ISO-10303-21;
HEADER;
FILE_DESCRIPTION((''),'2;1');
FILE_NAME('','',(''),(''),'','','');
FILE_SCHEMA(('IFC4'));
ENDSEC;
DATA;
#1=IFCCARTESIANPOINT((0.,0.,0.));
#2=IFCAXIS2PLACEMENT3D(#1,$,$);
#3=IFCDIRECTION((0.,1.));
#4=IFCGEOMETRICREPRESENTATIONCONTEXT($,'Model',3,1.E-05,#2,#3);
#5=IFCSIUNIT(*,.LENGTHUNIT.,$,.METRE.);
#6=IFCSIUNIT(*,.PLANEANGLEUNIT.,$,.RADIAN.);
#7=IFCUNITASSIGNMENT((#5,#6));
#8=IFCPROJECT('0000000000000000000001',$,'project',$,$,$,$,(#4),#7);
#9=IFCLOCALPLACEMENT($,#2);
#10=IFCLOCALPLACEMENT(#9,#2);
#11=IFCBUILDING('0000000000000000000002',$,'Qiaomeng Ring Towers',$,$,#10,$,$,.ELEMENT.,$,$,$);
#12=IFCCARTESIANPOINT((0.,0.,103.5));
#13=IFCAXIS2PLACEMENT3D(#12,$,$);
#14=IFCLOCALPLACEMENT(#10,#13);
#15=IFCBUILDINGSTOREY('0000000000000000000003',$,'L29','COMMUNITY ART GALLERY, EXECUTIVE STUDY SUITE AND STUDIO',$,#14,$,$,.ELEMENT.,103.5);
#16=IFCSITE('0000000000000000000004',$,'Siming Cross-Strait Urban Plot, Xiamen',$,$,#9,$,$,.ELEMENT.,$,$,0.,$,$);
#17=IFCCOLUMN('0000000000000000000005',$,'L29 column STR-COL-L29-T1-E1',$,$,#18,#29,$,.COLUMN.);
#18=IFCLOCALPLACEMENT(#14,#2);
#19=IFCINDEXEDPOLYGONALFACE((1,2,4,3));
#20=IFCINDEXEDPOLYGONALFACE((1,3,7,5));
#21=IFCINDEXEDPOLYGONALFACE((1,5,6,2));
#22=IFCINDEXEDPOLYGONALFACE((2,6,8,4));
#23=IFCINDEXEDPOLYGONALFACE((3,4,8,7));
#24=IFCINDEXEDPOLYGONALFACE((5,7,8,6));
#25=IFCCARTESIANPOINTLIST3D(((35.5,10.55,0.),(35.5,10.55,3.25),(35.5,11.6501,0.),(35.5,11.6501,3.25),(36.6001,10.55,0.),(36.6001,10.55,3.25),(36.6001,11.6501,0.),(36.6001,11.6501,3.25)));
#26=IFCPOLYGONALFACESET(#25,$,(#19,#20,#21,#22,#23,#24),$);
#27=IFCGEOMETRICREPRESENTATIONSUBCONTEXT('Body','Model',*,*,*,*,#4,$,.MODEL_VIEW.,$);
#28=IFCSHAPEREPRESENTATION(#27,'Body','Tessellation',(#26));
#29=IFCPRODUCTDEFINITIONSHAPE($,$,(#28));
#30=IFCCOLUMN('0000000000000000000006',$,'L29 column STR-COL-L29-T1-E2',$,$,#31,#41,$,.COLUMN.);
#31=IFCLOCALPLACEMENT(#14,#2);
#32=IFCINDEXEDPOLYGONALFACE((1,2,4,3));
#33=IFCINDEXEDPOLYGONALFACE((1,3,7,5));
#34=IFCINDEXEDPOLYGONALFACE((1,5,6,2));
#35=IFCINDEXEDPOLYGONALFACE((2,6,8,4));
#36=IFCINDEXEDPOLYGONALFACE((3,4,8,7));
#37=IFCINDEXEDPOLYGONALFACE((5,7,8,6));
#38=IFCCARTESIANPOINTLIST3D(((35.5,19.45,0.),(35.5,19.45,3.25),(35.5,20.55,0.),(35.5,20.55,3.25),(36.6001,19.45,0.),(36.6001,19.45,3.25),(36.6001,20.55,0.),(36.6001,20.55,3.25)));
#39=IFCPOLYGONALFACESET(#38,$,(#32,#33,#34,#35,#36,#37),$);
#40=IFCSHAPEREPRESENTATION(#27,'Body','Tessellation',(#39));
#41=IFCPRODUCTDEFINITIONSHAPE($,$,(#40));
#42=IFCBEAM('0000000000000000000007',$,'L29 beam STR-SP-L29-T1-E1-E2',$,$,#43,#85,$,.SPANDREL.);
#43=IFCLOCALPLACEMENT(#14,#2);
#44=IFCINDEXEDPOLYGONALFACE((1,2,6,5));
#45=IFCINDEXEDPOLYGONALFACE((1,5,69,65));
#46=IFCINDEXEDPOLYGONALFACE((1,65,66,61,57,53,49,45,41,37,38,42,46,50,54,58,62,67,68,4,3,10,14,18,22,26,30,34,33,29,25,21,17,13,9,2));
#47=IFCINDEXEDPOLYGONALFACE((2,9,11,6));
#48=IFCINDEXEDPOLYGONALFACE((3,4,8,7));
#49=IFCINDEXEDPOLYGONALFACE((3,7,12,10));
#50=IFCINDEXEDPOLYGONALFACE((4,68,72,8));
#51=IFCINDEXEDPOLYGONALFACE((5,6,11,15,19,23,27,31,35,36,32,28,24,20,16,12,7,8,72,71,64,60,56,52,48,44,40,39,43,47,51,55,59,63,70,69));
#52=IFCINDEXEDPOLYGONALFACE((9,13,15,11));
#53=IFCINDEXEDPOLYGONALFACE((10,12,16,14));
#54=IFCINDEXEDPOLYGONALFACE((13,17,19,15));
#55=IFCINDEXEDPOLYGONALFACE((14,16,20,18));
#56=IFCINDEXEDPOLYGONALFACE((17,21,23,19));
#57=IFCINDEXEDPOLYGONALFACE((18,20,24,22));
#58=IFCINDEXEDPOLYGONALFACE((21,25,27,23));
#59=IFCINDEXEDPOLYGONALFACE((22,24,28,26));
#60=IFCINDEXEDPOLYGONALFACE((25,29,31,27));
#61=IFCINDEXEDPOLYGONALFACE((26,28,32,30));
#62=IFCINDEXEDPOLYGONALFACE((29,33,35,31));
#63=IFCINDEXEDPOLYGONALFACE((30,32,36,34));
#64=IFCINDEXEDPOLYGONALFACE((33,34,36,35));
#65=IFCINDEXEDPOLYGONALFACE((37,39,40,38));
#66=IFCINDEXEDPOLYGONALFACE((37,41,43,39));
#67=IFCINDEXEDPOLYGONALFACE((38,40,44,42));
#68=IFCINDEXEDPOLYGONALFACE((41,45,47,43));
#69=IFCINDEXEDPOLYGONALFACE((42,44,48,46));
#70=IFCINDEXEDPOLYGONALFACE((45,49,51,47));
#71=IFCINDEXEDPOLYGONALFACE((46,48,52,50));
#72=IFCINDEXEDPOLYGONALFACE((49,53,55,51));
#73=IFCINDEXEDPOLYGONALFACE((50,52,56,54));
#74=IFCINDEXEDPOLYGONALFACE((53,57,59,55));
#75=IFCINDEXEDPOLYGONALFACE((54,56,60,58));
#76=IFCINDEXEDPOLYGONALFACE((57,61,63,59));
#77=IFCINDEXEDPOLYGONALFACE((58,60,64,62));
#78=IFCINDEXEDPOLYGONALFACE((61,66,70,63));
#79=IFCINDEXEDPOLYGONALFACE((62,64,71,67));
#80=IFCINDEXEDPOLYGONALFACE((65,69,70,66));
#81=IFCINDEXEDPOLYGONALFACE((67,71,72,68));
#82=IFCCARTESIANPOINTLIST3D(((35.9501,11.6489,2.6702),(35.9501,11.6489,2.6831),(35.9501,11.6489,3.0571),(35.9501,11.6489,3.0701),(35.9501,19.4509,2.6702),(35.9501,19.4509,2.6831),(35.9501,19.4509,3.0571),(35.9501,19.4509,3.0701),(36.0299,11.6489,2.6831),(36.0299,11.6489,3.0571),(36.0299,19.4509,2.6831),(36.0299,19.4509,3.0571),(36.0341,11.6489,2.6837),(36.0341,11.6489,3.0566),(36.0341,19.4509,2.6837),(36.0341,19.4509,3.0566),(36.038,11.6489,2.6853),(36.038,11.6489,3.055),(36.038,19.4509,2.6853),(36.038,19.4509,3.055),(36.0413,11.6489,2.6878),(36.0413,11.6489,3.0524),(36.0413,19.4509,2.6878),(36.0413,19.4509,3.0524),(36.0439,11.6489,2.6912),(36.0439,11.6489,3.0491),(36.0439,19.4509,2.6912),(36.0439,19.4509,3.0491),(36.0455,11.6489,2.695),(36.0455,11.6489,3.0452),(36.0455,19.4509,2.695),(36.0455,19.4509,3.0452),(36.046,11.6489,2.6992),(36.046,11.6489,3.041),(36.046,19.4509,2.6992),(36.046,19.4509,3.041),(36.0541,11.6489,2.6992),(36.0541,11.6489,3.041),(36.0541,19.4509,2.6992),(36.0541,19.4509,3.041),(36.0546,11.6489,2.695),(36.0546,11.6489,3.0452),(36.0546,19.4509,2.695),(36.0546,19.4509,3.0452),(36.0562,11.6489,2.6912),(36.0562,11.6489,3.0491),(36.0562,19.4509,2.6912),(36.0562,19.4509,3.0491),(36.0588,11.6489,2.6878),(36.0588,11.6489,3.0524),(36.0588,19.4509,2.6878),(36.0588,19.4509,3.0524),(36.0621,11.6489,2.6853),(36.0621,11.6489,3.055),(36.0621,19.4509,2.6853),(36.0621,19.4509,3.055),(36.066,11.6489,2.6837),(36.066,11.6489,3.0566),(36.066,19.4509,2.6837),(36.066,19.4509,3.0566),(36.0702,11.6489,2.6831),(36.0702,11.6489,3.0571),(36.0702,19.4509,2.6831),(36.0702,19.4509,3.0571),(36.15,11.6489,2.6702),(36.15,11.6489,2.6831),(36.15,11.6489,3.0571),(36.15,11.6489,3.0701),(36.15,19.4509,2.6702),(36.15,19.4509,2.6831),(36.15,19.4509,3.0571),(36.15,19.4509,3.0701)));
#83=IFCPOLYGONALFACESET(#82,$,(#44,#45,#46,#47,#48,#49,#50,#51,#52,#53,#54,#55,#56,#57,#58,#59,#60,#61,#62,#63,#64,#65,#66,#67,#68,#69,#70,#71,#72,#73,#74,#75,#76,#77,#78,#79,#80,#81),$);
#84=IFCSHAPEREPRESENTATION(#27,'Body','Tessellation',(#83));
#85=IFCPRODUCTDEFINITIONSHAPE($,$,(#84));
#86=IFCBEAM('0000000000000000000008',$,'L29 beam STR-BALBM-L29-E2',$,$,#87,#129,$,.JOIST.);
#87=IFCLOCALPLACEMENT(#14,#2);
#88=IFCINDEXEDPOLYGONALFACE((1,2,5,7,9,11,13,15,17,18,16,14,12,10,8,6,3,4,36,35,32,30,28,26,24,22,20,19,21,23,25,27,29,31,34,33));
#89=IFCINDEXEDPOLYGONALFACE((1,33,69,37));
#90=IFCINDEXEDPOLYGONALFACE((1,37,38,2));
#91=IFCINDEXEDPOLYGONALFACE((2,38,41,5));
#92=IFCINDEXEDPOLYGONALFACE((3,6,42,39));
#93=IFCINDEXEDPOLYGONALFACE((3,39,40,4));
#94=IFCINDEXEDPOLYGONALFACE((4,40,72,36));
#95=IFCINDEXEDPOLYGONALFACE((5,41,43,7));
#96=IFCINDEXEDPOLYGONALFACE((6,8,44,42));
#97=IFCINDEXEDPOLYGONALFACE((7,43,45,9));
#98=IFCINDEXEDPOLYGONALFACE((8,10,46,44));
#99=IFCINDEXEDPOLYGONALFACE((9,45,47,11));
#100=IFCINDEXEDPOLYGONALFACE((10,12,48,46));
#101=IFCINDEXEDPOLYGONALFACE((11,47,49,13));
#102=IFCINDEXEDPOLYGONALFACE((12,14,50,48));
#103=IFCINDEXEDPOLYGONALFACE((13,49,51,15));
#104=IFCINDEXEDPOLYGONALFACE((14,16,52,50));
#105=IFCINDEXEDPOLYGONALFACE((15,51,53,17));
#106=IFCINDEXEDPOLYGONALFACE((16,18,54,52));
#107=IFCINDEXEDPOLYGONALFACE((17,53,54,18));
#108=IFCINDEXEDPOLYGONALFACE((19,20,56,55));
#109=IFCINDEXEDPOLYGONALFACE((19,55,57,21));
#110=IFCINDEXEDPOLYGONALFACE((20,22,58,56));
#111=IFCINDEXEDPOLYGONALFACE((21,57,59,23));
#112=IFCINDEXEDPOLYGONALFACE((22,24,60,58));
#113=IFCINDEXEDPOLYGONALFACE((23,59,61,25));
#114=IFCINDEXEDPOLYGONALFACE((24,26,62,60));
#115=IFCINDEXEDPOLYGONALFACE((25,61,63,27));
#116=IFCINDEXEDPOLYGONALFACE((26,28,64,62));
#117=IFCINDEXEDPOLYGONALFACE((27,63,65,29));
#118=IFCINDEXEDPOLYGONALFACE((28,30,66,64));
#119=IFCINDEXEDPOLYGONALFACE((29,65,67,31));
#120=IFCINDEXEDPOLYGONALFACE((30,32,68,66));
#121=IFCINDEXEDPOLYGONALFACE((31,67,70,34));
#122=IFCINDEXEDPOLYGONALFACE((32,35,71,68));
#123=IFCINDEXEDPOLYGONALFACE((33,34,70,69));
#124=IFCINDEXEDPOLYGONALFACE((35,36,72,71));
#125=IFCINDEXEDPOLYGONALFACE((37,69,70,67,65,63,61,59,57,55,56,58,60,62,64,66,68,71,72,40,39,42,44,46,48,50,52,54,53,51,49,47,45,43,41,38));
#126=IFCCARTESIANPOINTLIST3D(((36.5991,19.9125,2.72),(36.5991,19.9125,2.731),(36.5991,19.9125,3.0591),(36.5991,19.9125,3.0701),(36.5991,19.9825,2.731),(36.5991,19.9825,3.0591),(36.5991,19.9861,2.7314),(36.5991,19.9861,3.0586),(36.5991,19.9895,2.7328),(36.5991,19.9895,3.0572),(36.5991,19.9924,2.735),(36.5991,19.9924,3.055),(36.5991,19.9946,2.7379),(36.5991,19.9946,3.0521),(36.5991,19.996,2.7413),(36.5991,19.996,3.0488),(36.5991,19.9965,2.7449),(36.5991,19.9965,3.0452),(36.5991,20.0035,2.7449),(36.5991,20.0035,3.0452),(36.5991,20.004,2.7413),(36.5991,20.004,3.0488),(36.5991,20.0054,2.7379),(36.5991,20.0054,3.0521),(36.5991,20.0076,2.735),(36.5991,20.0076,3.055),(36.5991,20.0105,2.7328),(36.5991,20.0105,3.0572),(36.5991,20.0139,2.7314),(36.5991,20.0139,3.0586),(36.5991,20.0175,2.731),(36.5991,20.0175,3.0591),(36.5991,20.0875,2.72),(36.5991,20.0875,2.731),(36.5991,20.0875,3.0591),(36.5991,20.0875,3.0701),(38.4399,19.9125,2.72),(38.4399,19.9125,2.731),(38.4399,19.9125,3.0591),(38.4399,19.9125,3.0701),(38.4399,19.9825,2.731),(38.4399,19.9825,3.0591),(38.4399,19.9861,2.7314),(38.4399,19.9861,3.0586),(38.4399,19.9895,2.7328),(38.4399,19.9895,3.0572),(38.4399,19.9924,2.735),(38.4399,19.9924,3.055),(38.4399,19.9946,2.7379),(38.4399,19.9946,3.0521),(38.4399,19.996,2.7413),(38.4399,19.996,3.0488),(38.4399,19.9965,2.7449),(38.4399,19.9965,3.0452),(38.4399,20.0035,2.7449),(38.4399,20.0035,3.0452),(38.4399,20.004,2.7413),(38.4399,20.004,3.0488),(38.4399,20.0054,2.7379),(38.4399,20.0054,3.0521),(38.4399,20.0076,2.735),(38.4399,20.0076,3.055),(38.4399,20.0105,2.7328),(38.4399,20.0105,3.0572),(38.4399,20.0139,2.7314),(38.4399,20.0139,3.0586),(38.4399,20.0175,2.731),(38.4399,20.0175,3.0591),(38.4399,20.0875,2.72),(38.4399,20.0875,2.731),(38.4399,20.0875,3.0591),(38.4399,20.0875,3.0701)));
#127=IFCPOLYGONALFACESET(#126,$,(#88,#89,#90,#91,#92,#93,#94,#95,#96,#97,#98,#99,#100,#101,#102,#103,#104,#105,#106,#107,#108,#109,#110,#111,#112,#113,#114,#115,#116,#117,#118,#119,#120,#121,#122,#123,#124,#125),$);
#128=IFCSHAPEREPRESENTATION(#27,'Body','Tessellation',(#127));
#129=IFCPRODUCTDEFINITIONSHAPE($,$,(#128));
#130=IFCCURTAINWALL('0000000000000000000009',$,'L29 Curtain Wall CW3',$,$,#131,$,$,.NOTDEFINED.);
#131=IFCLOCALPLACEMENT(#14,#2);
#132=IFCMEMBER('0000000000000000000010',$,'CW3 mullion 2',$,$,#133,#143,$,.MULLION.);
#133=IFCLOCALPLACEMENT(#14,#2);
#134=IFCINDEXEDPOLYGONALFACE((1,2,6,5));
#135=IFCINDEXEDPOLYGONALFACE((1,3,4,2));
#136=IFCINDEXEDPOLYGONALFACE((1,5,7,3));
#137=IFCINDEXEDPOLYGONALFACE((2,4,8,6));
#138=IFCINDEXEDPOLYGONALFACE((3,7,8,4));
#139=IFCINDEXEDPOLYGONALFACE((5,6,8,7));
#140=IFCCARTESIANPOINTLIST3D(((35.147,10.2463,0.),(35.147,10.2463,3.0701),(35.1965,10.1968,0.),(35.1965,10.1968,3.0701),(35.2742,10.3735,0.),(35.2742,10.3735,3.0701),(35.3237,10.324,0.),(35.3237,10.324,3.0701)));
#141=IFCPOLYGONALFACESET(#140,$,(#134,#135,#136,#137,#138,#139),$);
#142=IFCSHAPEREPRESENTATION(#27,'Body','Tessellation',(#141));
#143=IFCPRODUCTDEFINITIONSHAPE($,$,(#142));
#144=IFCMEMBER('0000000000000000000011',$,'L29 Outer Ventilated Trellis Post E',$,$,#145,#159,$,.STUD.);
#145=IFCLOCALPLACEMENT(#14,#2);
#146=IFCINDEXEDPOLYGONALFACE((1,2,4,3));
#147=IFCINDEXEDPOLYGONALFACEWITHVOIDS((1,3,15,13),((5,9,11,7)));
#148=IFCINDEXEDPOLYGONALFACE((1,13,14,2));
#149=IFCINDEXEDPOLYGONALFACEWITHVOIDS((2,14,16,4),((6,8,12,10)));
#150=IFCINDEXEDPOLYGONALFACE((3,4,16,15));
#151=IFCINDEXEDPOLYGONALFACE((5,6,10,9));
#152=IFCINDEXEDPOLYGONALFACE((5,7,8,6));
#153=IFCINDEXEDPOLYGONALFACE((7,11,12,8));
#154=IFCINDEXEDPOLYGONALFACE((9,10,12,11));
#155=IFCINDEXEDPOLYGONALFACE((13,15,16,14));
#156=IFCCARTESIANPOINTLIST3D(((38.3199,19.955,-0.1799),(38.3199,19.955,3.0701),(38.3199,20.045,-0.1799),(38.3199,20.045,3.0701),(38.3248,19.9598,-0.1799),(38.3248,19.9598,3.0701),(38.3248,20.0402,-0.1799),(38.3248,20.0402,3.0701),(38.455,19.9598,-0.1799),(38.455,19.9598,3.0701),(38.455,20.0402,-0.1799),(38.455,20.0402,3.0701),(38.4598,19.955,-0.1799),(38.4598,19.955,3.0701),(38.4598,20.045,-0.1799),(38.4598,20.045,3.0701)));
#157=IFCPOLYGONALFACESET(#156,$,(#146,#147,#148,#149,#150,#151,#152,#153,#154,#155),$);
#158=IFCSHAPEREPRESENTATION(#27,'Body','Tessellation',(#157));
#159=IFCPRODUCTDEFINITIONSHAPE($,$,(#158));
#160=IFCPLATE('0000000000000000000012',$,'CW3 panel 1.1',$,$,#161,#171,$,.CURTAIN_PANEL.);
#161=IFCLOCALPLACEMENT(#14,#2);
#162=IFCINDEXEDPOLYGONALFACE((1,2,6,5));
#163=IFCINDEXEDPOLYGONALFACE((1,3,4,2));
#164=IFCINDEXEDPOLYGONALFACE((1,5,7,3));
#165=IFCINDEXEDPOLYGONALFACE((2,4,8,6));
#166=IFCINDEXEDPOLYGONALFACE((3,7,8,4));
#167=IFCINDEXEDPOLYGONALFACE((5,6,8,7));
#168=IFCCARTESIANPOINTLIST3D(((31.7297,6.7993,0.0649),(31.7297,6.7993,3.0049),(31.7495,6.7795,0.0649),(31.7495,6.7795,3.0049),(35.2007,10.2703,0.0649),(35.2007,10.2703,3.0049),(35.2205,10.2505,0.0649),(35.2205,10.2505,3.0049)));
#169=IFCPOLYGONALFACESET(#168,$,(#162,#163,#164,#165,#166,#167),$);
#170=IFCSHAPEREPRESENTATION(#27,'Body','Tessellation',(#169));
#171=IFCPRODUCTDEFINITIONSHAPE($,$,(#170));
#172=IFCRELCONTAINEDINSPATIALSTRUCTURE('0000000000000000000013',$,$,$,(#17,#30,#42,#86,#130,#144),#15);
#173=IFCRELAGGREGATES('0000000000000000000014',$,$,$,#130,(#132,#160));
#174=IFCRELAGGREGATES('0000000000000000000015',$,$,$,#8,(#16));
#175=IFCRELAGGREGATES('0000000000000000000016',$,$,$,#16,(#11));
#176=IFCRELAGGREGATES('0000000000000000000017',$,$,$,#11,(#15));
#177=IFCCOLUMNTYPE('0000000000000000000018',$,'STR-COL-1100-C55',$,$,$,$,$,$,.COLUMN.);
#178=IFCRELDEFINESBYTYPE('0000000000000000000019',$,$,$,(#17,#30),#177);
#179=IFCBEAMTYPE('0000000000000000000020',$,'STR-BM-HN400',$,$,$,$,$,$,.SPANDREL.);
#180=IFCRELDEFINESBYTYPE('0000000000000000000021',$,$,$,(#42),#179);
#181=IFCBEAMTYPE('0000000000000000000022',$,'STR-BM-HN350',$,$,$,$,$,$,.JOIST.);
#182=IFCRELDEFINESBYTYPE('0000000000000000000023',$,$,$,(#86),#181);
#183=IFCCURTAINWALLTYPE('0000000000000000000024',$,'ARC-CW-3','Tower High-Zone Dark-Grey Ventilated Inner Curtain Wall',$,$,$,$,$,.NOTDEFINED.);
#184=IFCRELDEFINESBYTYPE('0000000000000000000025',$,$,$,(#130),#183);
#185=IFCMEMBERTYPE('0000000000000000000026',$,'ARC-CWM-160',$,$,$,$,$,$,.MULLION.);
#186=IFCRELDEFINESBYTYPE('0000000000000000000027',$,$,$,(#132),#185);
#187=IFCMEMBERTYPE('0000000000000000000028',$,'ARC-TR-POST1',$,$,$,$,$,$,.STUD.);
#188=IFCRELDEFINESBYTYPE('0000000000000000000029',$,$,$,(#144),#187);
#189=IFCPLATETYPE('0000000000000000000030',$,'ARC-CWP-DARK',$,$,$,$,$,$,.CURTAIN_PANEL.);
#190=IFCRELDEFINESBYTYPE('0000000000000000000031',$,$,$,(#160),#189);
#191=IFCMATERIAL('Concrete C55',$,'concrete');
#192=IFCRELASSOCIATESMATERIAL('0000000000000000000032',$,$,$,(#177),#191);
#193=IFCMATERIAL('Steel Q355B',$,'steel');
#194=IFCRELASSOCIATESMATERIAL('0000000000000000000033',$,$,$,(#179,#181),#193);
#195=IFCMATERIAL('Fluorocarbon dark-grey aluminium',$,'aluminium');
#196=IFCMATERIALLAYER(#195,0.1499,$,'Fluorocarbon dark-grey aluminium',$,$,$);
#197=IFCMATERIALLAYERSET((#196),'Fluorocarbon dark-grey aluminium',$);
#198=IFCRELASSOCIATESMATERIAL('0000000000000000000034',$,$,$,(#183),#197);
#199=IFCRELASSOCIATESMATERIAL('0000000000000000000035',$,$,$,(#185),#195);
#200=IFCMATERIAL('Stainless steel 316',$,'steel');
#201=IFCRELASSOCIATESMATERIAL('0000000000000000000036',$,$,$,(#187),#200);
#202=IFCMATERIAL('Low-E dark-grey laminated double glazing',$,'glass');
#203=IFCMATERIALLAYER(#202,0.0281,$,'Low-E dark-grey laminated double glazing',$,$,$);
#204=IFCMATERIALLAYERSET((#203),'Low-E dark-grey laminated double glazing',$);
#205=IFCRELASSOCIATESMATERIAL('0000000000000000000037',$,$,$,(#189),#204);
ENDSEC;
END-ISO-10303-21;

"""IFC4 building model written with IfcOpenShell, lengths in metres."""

from ifc_helpers import new_model, si_unit, direction, frame, origin, origin_2d, place, context, subcontext, project, spatial, rectangle, hollow_rectangle, i_section, extrude, source, transform, mapped, material, layer, layer_set, material_profile, profile_set, type_object, element, aggregate, save


model = new_model("IFC4")

# Units and contexts
model_context = context("Model", 3, precision=1e-05, world=origin(), true_north=direction((0.0, 1.0)))
body_context = subcontext(model_context, "Body", "Model", "MODEL_VIEW")
ifc_project = project(units=[si_unit("LENGTHUNIT", "METRE"), si_unit("PLANEANGLEUNIT", "RADIAN")], contexts=[model_context])

# Site, building, storey
site_placement = place(None, origin())
site = spatial("IfcSite", under=ifc_project, at=site_placement, Name="Siming Cross-Strait Urban Plot, Xiamen", CompositionType="ELEMENT", RefElevation=0.0)
building_placement = place(site_placement, origin())
building = spatial("IfcBuilding", under=site, at=building_placement, Name="Qiaomeng Ring Towers", CompositionType="ELEMENT")
storey_placement = place(building_placement, frame((0.0, 0.0, 103.5)))
storey = spatial("IfcBuildingStorey", under=building, at=storey_placement, Name="L29", Description="COMMUNITY ART GALLERY, EXECUTIVE STUDY SUITE AND STUDIO", CompositionType="ELEMENT", Elevation=103.5)

# Columns
ifc_material_1 = material(Name="Concrete C55", Category="concrete")
ifc_material_profile_1 = material_profile(ifc_material_1, rectangle(XDim=1.1001, YDim=1.1001, at=origin_2d()), Name="RC COL 1100x1100")
ifc_profile_set_1 = profile_set([ifc_material_profile_1], Name="Concrete C55")
column_type = type_object("IfcColumnType", Name="STR-COL-1100-C55", PredefinedType="COLUMN", material=ifc_profile_set_1)
shared_shape_1 = source(origin(), body_context, "Body", "SweptSolid", [
    extrude(rectangle(XDim=1.1001, YDim=1.1001, at=origin_2d()), origin(), (0.0, 0.0, 1.0), 3.25),
])
for number, where, z_axis, x_axis, name in (
    (1, (36.05, 11.1001, 0.0), (0.0, 0.0, 1.0), (1.0, 0.0, 0.0), "L29 column STR-COL-L29-T1-E1"),
    (2, (36.05, 20.0, 0.0), (0.0, 0.0, 1.0), (1.0, 0.0, 0.0), "L29 column STR-COL-L29-T1-E2"),
):
    element("IfcColumn", number, at=place(storey_placement, frame(where, z_axis=z_axis, x_axis=x_axis)), inside=storey, type_object=column_type, Name=name, PredefinedType="COLUMN", context=body_context, shape_type="MappedRepresentation", body=[
        mapped(shared_shape_1, transform((0.0, 0.0, 0.0), x_axis=(1.0, 0.0, 0.0), y_axis=(0.0, 1.0, 0.0), z_axis=(0.0, 0.0, 1.0), scale=1.0)),
    ])

# Beams
ifc_material_2 = material(Name="Steel Q355B", Category="steel")
ifc_material_profile_2 = material_profile(ifc_material_2, i_section(OverallWidth=0.2, OverallDepth=0.3999, WebThickness=0.0081, FlangeThickness=0.0129, FilletRadius=0.0161, at=origin_2d()), Name="HN 400x200x8x13")
ifc_profile_set_2 = profile_set([ifc_material_profile_2], Name="Steel Q355B")
beam_type_1 = type_object("IfcBeamType", Name="STR-BM-HN400", PredefinedType="SPANDREL", material=ifc_profile_set_2)
shared_shape_2 = source(origin(), body_context, "Body", "SweptSolid", [
    extrude(i_section(OverallWidth=0.2, OverallDepth=0.3999, WebThickness=0.0081, FlangeThickness=0.0129, FilletRadius=0.0161, at=origin_2d()), origin(), (0.0, 0.0, 1.0), 7.802),
])
beam_1_placement = place(storey_placement, frame((36.05, 11.6489, 2.8701), z_axis=(0.0, 1.0, 0.0), x_axis=(-1.0, 0.0, 0.0)))
element("IfcBeam", 3, at=beam_1_placement, inside=storey, type_object=beam_type_1, Name="L29 beam STR-SP-L29-T1-E1-E2", PredefinedType="SPANDREL", context=body_context, shape_type="MappedRepresentation", body=[
    mapped(shared_shape_2, transform((0.0, 0.0, 0.0), x_axis=(1.0, 0.0, 0.0), y_axis=(0.0, 1.0, 0.0), z_axis=(0.0, 0.0, 1.0), scale=1.0)),
])
ifc_material_profile_3 = material_profile(ifc_material_2, i_section(OverallWidth=0.175, OverallDepth=0.3501, WebThickness=0.0071, FlangeThickness=0.011, FilletRadius=0.0139, at=origin_2d()), Name="HN 350x175x7x11")
ifc_profile_set_3 = profile_set([ifc_material_profile_3], Name="Steel Q355B")
beam_type_2 = type_object("IfcBeamType", Name="STR-BM-HN350", PredefinedType="JOIST", material=ifc_profile_set_3)
shared_shape_3 = source(origin(), body_context, "Body", "SweptSolid", [
    extrude(i_section(OverallWidth=0.175, OverallDepth=0.3501, WebThickness=0.0071, FlangeThickness=0.011, FilletRadius=0.0139, at=origin_2d()), origin(), (0.0, 0.0, 1.0), 1.8408),
])
beam_2_placement = place(storey_placement, frame((36.5991, 20.0, 2.895), z_axis=(1.0, 0.0, 0.0), x_axis=(0.0, 1.0, 0.0)))
element("IfcBeam", 4, at=beam_2_placement, inside=storey, type_object=beam_type_2, Name="L29 beam STR-BALBM-L29-E2", PredefinedType="JOIST", context=body_context, shape_type="MappedRepresentation", body=[
    mapped(shared_shape_3, transform((0.0, 0.0, 0.0), x_axis=(1.0, 0.0, 0.0), y_axis=(0.0, 1.0, 0.0), z_axis=(0.0, 0.0, 1.0), scale=1.0)),
])

# Curtain wall, member
ifc_material_3 = material(Name="Fluorocarbon dark-grey aluminium", Category="aluminium")
ifc_layer_1 = layer(ifc_material_3, 0.1499, Name="Fluorocarbon dark-grey aluminium")
ifc_layer_set_1 = layer_set([ifc_layer_1], Name="Fluorocarbon dark-grey aluminium")
curtain_wall_type = type_object("IfcCurtainWallType", Name="ARC-CW-3", Description="Tower High-Zone Dark-Grey Ventilated Inner Curtain Wall", PredefinedType="NOTDEFINED", material=ifc_layer_set_1)
curtain_wall_placement = place(storey_placement, origin())
curtain_wall = element("IfcCurtainWall", 5, at=curtain_wall_placement, inside=storey, type_object=curtain_wall_type, Name="L29 Curtain Wall CW3", PredefinedType="NOTDEFINED")
ifc_material_profile_4 = material_profile(ifc_material_3, rectangle(XDim=0.0701, YDim=0.1799, at=origin_2d()), Name="ALU MULL 70x180")
ifc_profile_set_4 = profile_set([ifc_material_profile_4], Name="Fluorocarbon dark-grey aluminium")
member_type_1 = type_object("IfcMemberType", Name="ARC-CWM-160", PredefinedType="MULLION", material=ifc_profile_set_4)
shared_shape_4 = source(origin(), body_context, "Body", "SweptSolid", [
    extrude(rectangle(XDim=0.0701, YDim=0.1799, at=origin_2d()), origin(), (0.0, 0.0, 1.0), 3.0701),
])
member_1_placement = place(storey_placement, frame((35.2354, 10.2852, 0.0), z_axis=(0.0, 0.0, 1.0), x_axis=(-0.707107, 0.707107, 0.0)))
member_1 = element("IfcMember", 6, at=member_1_placement, type_object=member_type_1, Name="CW3 mullion 2", PredefinedType="MULLION", context=body_context, shape_type="MappedRepresentation", body=[
    mapped(shared_shape_4, transform((0.0, 0.0, 0.0), x_axis=(1.0, 0.0, 0.0), y_axis=(0.0, 1.0, 0.0), z_axis=(0.0, 0.0, 1.0), scale=1.0)),
])

# Member
ifc_material_4 = material(Name="Stainless steel 316", Category="steel")
ifc_material_profile_5 = material_profile(ifc_material_4, hollow_rectangle(XDim=0.0901, YDim=0.1399, WallThickness=0.0049, at=origin_2d()), Name="SS TRELLIS 90x140")
ifc_profile_set_5 = profile_set([ifc_material_profile_5], Name="Stainless steel 316")
member_type_2 = type_object("IfcMemberType", Name="ARC-TR-POST1", PredefinedType="STUD", material=ifc_profile_set_5)
shared_shape_5 = source(origin(), body_context, "Body", "SweptSolid", [
    extrude(hollow_rectangle(XDim=0.0901, YDim=0.1399, WallThickness=0.0049, at=origin_2d()), origin(), (0.0, 0.0, 1.0), 3.25),
])
member_2_placement = place(storey_placement, frame((38.3899, 20.0, -0.1799), z_axis=(0.0, 0.0, 1.0), x_axis=(0.0, 1.0, 0.0)))
element("IfcMember", 7, at=member_2_placement, inside=storey, type_object=member_type_2, Name="L29 Outer Ventilated Trellis Post E", PredefinedType="STUD", context=body_context, shape_type="MappedRepresentation", body=[
    mapped(shared_shape_5, transform((0.0, 0.0, 0.0), x_axis=(1.0, 0.0, 0.0), y_axis=(0.0, 1.0, 0.0), z_axis=(0.0, 0.0, 1.0), scale=1.0)),
])

# Plate
ifc_material_5 = material(Name="Low-E dark-grey laminated double glazing", Category="glass")
ifc_layer_2 = layer(ifc_material_5, 0.0281, Name="Low-E dark-grey laminated double glazing")
ifc_layer_set_2 = layer_set([ifc_layer_2], Name="Low-E dark-grey laminated double glazing")
plate_type = type_object("IfcPlateType", Name="ARC-CWP-DARK", PredefinedType="CURTAIN_PANEL", material=ifc_layer_set_2)
shared_shape_6 = source(origin(), body_context, "Body", "SweptSolid", [
    extrude(rectangle(XDim=4.9087, YDim=0.0281, at=origin_2d()), origin(), (0.0, 0.0, 1.0), 2.9399),
])
plate_placement = place(storey_placement, frame((33.4751, 8.5249, 0.0649), z_axis=(0.0, 0.0, 1.0), x_axis=(0.707107, 0.707107, 0.0)))
plate = element("IfcPlate", 8, at=plate_placement, type_object=plate_type, Name="CW3 panel 1.1", PredefinedType="CURTAIN_PANEL", context=body_context, shape_type="MappedRepresentation", body=[
    mapped(shared_shape_6, transform((0.0, 0.0, 0.0), x_axis=(1.0, 0.0, 0.0), y_axis=(0.0, 1.0, 0.0), z_axis=(0.0, 0.0, 1.0), scale=1.0)),
])
aggregate(curtain_wall, [member_1, plate])

save(model, "model.ifc")
